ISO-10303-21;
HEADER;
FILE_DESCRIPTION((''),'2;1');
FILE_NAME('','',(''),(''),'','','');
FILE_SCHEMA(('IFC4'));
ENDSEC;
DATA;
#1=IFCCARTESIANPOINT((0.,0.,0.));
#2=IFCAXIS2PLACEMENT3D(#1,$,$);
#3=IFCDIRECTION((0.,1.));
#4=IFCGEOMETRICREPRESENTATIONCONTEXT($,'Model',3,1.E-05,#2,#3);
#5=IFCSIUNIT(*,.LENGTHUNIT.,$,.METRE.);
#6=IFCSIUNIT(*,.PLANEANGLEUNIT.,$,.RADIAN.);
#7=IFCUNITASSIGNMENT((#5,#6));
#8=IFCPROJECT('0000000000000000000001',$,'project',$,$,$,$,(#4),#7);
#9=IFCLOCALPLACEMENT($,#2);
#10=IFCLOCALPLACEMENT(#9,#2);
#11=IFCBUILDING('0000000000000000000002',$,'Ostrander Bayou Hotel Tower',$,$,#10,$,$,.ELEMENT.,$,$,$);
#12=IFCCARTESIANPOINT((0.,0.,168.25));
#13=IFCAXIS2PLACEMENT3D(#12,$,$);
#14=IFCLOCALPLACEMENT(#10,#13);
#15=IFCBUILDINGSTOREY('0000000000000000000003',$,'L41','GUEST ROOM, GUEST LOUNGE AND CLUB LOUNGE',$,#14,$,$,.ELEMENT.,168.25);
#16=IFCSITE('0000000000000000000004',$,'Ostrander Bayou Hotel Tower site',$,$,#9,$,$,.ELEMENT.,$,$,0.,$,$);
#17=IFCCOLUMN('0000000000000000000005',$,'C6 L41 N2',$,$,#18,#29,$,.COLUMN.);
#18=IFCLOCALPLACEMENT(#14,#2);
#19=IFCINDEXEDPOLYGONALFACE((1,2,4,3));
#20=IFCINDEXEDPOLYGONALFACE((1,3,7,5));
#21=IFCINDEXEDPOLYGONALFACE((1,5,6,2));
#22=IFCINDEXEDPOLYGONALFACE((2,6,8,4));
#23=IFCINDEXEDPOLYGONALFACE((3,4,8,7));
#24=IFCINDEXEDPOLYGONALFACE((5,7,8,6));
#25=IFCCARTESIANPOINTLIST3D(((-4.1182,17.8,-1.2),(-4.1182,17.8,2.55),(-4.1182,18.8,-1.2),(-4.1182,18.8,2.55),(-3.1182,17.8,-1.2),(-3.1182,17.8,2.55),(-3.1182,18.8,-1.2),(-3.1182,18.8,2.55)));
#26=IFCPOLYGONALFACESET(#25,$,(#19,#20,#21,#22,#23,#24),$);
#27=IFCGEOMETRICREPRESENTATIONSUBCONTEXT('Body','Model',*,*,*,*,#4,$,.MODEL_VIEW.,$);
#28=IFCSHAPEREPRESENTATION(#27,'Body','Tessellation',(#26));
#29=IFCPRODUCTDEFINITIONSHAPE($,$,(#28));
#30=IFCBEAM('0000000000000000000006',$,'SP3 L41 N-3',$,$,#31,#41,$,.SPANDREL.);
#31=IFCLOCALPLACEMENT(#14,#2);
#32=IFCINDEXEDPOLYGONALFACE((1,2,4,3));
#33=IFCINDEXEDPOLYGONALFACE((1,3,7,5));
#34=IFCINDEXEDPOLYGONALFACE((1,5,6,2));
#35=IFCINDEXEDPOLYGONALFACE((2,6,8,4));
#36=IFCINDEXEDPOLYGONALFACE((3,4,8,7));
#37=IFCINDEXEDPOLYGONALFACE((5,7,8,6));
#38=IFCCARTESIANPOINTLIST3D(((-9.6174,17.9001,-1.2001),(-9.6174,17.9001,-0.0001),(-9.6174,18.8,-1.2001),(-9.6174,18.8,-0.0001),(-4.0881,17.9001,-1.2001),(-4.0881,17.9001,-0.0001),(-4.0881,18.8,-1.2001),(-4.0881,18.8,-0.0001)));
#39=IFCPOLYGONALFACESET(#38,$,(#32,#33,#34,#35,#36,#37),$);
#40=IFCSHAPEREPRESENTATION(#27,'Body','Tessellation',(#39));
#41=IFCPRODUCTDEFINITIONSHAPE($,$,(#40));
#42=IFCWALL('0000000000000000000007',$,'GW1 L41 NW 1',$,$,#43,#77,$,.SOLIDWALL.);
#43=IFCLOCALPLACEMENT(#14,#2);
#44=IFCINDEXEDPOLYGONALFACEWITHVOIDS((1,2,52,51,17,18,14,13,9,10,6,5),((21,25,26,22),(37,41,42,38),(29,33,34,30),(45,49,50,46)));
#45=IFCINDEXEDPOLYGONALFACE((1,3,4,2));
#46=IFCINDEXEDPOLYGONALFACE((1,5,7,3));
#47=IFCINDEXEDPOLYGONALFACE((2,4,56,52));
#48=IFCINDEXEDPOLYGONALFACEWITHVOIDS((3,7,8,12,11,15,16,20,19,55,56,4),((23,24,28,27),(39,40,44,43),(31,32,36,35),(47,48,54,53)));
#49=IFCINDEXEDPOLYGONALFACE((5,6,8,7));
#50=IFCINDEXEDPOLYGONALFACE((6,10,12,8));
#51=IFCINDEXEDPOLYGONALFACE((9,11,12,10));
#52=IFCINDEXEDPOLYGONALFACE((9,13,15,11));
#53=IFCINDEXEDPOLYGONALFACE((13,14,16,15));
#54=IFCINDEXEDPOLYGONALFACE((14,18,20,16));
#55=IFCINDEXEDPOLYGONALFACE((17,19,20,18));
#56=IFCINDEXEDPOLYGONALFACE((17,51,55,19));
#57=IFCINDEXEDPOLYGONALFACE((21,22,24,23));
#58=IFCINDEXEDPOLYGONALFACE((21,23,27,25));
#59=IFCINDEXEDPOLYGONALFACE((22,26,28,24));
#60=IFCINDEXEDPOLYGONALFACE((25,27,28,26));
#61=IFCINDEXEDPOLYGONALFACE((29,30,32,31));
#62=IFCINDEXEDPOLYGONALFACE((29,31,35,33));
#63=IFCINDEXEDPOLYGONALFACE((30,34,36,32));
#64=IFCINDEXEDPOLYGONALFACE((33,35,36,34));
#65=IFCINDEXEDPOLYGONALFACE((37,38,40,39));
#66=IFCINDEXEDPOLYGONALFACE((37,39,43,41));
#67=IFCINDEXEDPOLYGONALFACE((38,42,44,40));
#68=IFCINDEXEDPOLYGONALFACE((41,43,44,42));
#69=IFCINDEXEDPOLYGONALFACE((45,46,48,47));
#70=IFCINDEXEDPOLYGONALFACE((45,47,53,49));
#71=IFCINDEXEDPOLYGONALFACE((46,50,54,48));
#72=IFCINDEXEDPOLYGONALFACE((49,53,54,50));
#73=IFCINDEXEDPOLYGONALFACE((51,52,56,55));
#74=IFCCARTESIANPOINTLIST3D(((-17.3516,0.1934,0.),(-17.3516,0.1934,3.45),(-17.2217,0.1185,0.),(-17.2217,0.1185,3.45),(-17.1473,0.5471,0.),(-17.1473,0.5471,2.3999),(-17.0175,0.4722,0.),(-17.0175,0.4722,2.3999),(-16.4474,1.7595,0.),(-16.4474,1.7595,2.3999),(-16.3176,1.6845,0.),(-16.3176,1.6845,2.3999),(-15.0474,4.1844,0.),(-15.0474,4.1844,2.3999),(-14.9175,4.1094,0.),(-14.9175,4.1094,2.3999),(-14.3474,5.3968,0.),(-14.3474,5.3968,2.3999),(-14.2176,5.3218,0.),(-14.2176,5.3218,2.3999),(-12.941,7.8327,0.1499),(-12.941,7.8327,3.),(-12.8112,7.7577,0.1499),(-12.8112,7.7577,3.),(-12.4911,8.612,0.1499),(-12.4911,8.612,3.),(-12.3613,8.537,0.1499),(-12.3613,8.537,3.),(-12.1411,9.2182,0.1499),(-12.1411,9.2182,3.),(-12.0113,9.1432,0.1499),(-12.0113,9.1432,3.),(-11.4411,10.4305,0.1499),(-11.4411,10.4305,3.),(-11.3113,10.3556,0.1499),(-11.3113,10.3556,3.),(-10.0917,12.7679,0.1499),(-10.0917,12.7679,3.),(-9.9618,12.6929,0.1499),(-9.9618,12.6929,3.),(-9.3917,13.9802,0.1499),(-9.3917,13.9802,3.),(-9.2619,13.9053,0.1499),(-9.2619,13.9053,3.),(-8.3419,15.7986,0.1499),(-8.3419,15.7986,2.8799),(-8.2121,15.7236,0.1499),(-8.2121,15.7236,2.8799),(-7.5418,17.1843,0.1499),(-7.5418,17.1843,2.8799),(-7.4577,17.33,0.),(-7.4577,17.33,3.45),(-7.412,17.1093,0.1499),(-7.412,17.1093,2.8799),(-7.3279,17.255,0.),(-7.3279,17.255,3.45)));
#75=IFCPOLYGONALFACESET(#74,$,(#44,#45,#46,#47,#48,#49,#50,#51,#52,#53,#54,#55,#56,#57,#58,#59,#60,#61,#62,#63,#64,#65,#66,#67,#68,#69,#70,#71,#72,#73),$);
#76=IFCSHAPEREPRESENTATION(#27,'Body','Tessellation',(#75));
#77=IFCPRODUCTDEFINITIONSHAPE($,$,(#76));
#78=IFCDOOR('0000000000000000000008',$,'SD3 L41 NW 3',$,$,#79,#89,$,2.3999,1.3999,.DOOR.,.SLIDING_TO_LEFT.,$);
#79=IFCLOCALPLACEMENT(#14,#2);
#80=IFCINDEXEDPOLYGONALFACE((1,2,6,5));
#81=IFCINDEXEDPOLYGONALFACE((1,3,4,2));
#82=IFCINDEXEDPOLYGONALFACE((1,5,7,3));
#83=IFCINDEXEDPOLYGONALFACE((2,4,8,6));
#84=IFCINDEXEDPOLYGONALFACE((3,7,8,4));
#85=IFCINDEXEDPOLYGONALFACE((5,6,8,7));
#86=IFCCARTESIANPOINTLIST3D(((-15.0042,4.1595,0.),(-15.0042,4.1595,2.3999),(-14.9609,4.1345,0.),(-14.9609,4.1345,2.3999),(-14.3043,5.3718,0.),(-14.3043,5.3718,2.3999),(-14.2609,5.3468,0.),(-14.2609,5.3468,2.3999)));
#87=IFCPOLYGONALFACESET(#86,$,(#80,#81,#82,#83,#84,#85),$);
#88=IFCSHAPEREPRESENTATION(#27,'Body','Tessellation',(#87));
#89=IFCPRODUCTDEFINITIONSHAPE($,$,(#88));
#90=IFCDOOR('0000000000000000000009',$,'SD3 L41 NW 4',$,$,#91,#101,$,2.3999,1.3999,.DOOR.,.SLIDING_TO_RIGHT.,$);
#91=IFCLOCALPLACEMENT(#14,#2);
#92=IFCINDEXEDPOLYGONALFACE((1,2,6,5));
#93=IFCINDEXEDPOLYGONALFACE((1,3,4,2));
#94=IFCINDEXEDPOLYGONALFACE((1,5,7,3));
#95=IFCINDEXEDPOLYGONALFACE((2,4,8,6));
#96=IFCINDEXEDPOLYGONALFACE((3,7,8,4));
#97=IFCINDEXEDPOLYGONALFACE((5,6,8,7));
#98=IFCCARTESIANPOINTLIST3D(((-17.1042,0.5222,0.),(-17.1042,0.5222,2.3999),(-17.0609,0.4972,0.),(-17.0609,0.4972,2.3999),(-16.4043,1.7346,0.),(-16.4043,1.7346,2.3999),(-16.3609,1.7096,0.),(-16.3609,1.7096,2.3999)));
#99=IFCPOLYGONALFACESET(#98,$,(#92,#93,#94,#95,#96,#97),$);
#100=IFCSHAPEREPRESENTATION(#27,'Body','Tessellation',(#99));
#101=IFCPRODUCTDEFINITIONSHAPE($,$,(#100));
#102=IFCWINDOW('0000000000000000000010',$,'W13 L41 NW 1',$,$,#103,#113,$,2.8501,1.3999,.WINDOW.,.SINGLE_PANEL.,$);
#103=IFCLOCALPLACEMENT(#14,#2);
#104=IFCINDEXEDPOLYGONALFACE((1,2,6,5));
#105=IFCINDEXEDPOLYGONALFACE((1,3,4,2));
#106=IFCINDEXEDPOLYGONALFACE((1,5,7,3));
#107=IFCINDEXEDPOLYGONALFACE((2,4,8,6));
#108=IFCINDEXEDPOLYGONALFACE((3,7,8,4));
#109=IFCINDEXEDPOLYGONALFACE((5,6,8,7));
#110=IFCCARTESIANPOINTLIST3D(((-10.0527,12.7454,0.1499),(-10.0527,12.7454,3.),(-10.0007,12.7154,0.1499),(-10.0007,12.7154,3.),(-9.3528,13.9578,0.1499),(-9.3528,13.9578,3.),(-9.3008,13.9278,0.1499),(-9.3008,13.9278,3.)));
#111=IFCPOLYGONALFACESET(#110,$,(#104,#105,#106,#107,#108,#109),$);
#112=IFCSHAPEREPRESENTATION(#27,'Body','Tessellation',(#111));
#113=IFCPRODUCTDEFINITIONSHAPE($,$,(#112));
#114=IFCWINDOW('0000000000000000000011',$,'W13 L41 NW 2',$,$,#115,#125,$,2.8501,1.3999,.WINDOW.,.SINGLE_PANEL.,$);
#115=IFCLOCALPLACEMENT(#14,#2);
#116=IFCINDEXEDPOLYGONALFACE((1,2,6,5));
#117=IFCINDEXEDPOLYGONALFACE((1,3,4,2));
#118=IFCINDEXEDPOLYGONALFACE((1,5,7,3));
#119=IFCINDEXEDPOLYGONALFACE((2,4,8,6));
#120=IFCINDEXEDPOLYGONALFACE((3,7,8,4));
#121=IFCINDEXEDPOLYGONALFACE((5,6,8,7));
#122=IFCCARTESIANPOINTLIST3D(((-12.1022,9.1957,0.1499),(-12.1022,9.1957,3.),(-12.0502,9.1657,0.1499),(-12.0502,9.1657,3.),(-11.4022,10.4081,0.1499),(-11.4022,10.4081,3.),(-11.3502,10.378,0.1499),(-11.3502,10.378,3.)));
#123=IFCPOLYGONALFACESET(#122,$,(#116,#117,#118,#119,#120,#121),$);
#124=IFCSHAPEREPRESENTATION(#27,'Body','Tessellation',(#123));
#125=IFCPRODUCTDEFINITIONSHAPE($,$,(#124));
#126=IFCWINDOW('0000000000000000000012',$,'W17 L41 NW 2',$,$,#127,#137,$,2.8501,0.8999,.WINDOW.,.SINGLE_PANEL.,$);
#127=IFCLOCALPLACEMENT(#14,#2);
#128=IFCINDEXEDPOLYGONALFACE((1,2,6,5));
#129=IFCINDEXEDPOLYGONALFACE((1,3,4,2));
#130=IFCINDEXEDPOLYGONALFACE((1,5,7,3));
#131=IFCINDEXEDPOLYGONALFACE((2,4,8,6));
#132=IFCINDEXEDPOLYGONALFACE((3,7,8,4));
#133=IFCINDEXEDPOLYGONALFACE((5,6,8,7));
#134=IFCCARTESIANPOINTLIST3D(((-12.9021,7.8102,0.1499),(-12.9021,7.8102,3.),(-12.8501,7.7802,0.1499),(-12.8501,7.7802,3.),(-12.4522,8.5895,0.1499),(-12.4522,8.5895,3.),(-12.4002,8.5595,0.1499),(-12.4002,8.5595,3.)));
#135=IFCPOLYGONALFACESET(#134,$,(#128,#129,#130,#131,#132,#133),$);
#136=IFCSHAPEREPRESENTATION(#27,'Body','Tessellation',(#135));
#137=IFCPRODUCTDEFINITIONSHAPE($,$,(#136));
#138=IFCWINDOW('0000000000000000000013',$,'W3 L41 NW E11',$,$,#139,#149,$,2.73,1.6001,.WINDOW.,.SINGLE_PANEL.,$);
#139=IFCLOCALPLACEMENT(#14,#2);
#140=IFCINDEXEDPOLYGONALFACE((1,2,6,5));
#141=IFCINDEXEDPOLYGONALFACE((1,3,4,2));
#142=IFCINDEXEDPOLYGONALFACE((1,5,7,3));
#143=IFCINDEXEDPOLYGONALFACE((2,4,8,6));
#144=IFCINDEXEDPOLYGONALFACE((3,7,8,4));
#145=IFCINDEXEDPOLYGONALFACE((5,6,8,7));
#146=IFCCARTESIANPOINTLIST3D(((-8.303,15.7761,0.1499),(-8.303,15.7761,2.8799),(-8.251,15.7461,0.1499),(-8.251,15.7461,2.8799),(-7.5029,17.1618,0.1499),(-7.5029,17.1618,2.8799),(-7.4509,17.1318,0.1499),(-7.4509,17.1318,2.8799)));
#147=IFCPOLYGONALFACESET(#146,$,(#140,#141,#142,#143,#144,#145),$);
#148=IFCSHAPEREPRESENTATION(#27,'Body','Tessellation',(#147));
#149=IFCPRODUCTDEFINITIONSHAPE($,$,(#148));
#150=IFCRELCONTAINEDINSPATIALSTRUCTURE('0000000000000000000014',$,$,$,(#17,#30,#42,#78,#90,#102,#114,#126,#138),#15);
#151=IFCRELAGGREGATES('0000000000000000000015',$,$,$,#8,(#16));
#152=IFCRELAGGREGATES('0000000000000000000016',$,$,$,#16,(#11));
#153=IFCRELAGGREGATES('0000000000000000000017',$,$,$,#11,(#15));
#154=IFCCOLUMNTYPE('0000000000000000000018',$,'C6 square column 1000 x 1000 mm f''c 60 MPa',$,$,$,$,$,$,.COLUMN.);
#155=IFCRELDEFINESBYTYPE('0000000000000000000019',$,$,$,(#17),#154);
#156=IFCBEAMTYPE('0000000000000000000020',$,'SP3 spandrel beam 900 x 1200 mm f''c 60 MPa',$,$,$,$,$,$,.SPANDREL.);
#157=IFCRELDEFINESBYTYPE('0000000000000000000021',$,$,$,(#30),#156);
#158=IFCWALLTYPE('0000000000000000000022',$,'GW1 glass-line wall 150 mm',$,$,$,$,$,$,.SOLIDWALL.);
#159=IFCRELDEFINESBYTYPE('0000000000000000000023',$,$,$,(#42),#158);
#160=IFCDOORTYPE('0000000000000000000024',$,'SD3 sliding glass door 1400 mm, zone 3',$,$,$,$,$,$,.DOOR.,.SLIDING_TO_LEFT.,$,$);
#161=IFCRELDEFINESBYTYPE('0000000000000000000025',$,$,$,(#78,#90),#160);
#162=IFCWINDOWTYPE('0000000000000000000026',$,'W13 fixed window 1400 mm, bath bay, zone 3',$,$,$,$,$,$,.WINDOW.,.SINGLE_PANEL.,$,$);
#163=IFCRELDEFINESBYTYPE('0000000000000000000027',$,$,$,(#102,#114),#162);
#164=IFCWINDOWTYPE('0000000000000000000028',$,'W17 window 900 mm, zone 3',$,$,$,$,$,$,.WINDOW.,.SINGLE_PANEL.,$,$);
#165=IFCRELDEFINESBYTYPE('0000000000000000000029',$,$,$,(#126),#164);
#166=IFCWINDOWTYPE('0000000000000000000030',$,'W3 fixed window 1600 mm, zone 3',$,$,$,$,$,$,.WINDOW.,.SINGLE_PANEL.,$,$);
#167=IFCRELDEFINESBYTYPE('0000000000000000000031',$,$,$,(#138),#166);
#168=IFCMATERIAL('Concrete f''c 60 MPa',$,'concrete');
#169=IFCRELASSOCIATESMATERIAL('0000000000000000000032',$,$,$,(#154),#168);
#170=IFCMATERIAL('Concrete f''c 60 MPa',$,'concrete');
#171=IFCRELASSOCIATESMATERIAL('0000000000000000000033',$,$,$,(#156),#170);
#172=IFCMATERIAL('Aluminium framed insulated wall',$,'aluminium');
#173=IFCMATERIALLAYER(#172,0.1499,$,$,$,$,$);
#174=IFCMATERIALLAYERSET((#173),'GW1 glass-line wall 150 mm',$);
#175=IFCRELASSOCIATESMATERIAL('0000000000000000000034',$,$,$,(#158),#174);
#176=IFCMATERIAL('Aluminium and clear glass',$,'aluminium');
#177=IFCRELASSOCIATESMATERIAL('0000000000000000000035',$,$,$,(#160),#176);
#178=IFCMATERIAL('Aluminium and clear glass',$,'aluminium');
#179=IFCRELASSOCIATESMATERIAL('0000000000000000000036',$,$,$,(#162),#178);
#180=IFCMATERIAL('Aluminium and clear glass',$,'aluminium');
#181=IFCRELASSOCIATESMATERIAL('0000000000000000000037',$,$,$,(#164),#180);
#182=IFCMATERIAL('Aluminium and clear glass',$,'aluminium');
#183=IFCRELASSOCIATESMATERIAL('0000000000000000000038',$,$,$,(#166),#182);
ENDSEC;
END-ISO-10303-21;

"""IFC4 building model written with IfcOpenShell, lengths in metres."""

from ifc_helpers import new_model, si_unit, direction, frame, frame_2d, origin, origin_2d, place, context, subcontext, project, spatial, rectangle, extrude, material, layer, layer_set, material_profile, profile_set, type_object, element, fill, save


model = new_model("IFC4")

# Units and contexts
model_context = context("Model", 3, precision=1e-05, world=origin(), true_north=direction((0.0, 1.0)))
body_context = subcontext(model_context, "Body", "Model", "MODEL_VIEW")
ifc_project = project(units=[si_unit("LENGTHUNIT", "METRE"), si_unit("PLANEANGLEUNIT", "RADIAN")], contexts=[model_context])

# Site, building, storey
site_placement = place(None, origin())
site = spatial("IfcSite", under=ifc_project, at=site_placement, Name="Ostrander Bayou Hotel Tower site", CompositionType="ELEMENT", RefElevation=0.0)
building_placement = place(site_placement, origin())
building = spatial("IfcBuilding", under=site, at=building_placement, Name="Ostrander Bayou Hotel Tower", CompositionType="ELEMENT")
storey_placement = place(building_placement, frame((0.0, 0.0, 168.25)))
storey = spatial("IfcBuildingStorey", under=building, at=storey_placement, Name="L41", Description="GUEST ROOM, GUEST LOUNGE AND CLUB LOUNGE", CompositionType="ELEMENT", Elevation=168.25)

# Column
ifc_material_1 = material(Name="Concrete f'c 60 MPa", Category="concrete")
ifc_material_profile_1 = material_profile(ifc_material_1, rectangle(XDim=1.0, YDim=1.0, at=origin_2d()))
ifc_profile_set_1 = profile_set([ifc_material_profile_1], Name="Concrete f'c 60 MPa")
column_type = type_object("IfcColumnType", Name="C6 square column 1000 x 1000 mm f'c 60 MPa", PredefinedType="COLUMN", material=ifc_profile_set_1)
column_placement = place(storey_placement, frame((-3.6182, 18.3, -1.2), z_axis=(0.0, 0.0, 1.0), x_axis=(1.0, 0.0, 0.0)))
element("IfcColumn", 1, at=column_placement, inside=storey, type_object=column_type, Name="C6 L41 N2", PredefinedType="COLUMN", context=body_context, shape_type="SweptSolid", body=[
    extrude(rectangle(XDim=1.0, YDim=1.0, at=origin_2d()), origin(), (0.0, 0.0, 1.0), 3.75),
])

# Beam
ifc_material_2 = material(Name="Concrete f'c 60 MPa", Category="concrete")
ifc_material_profile_2 = material_profile(ifc_material_2, rectangle(XDim=0.8999, YDim=1.2, at=origin_2d()))
ifc_profile_set_2 = profile_set([ifc_material_profile_2], Name="Concrete f'c 60 MPa")
beam_type = type_object("IfcBeamType", Name="SP3 spandrel beam 900 x 1200 mm f'c 60 MPa", PredefinedType="SPANDREL", material=ifc_profile_set_2)
beam_placement = place(storey_placement, frame((-4.0881, 18.3501, -0.6001), z_axis=(-1.0, 0.0, 0.0), x_axis=(0.0, -1.0, 0.0)))
element("IfcBeam", 2, at=beam_placement, inside=storey, type_object=beam_type, Name="SP3 L41 N-3", PredefinedType="SPANDREL", context=body_context, shape_type="SweptSolid", body=[
    extrude(rectangle(XDim=0.8999, YDim=1.2, at=origin_2d()), origin(), (0.0, 0.0, 1.0), 5.5293),
])

# Wall, openings, doors, windows
ifc_material_3 = material(Name="Aluminium framed insulated wall", Category="aluminium")
ifc_layer_1 = layer(ifc_material_3, 0.1499)
ifc_layer_set_1 = layer_set([ifc_layer_1], Name="GW1 glass-line wall 150 mm")
wall_type_1 = type_object("IfcWallType", Name="GW1 glass-line wall 150 mm", PredefinedType="SOLIDWALL", material=ifc_layer_set_1)
wall_1_placement = place(storey_placement, frame((-7.3928, 17.2925, 0.0), z_axis=(0.0, 0.0, 1.0), x_axis=(-0.500002, -0.866024, 0.0)))
wall_1 = element("IfcWall", 3, at=wall_1_placement, inside=storey, type_object=wall_type_1, Name="GW1 L41 NW 1", PredefinedType="SOLIDWALL", context=body_context, shape_type="SweptSolid", body=[
    extrude(rectangle(XDim=19.7876, YDim=0.1499, at=frame_2d((9.8938, 0.0))), origin(), (0.0, 0.0, 1.0), 3.45),
])
opening_1_placement = place(wall_1_placement, frame((3.8679, 0.0, 0.1499)))
opening_1 = element("IfcOpeningElement", 4, at=opening_1_placement, cuts=wall_1, PredefinedType="OPENING", context=body_context, shape_type="SweptSolid", body=[
    extrude(rectangle(XDim=1.3999, YDim=2.8501, at=frame_2d((0.7, 1.425))), frame((0.0, 0.075, 0.0), z_axis=(0.0, -1.0, 0.0), x_axis=(1.0, 0.0, 0.0)), (0.0, 0.0, 1.0), 0.1499),
])
opening_2_placement = place(wall_1_placement, frame((10.0667, 0.0, 0.1499)))
opening_2 = element("IfcOpeningElement", 5, at=opening_2_placement, cuts=wall_1, PredefinedType="OPENING", context=body_context, shape_type="SweptSolid", body=[
    extrude(rectangle(XDim=0.8999, YDim=2.8501, at=frame_2d((0.45, 1.425))), frame((0.0, 0.075, 0.0), z_axis=(0.0, -1.0, 0.0), x_axis=(1.0, 0.0, 0.0)), (0.0, 0.0, 1.0), 0.1499),
])
opening_3_placement = place(wall_1_placement, frame((7.9668, 0.0, 0.1499)))
opening_3 = element("IfcOpeningElement", 6, at=opening_3_placement, cuts=wall_1, PredefinedType="OPENING", context=body_context, shape_type="SweptSolid", body=[
    extrude(rectangle(XDim=1.3999, YDim=2.8501, at=frame_2d((0.7, 1.425))), frame((0.0, 0.075, 0.0), z_axis=(0.0, -1.0, 0.0), x_axis=(1.0, 0.0, 0.0)), (0.0, 0.0, 1.0), 0.1499),
])
opening_4_placement = place(wall_1_placement, frame((13.7793, 0.0, 0.0)))
opening_4 = element("IfcOpeningElement", 7, at=opening_4_placement, cuts=wall_1, PredefinedType="OPENING", context=body_context, shape_type="SweptSolid", body=[
    extrude(rectangle(XDim=1.3999, YDim=2.3999, at=frame_2d((0.7, 1.2))), frame((0.0, 0.075, 0.0), z_axis=(0.0, -1.0, 0.0), x_axis=(1.0, 0.0, 0.0)), (0.0, 0.0, 1.0), 0.1499),
])
opening_5_placement = place(wall_1_placement, frame((17.9792, 0.0, 0.0)))
opening_5 = element("IfcOpeningElement", 8, at=opening_5_placement, cuts=wall_1, PredefinedType="OPENING", context=body_context, shape_type="SweptSolid", body=[
    extrude(rectangle(XDim=1.3999, YDim=2.3999, at=frame_2d((0.7, 1.2))), frame((0.0, 0.075, 0.0), z_axis=(0.0, -1.0, 0.0), x_axis=(1.0, 0.0, 0.0)), (0.0, 0.0, 1.0), 0.1499),
])
opening_6_placement = place(wall_1_placement, frame((0.1682, 0.0, 0.1499)))
opening_6 = element("IfcOpeningElement", 9, at=opening_6_placement, cuts=wall_1, PredefinedType="OPENING", context=body_context, shape_type="SweptSolid", body=[
    extrude(rectangle(XDim=1.6001, YDim=2.73, at=frame_2d((0.8, 1.365))), frame((0.0, 0.075, 0.0), z_axis=(0.0, -1.0, 0.0), x_axis=(1.0, 0.0, 0.0)), (0.0, 0.0, 1.0), 0.1499),
])
ifc_material_4 = material(Name="Aluminium and clear glass", Category="aluminium")
door_type_1 = type_object("IfcDoorType", Name="SD3 sliding glass door 1400 mm, zone 3", OperationType="SLIDING_TO_LEFT", PredefinedType="DOOR", material=ifc_material_4)
door_1_placement = place(opening_4_placement, origin())
door_1 = element("IfcDoor", 10, at=door_1_placement, inside=storey, type_object=door_type_1, Name="SD3 L41 NW 3", OperationType="SLIDING_TO_LEFT", OverallHeight=2.3999, OverallWidth=1.3999, PredefinedType="DOOR", context=body_context, shape_type="SweptSolid", body=[
    extrude(rectangle(XDim=1.3999, YDim=2.3999, at=frame_2d((0.7, 1.2))), frame((0.0, 0.0249, 0.0), z_axis=(0.0, -1.0, 0.0), x_axis=(1.0, 0.0, 0.0)), (0.0, 0.0, 1.0), 0.05),
])
fill(opening_4, door_1)
door_2_placement = place(opening_5_placement, origin())
door_2 = element("IfcDoor", 11, at=door_2_placement, inside=storey, type_object=door_type_1, Name="SD3 L41 NW 4", OperationType="SLIDING_TO_RIGHT", OverallHeight=2.3999, OverallWidth=1.3999, PredefinedType="DOOR", context=body_context, shape_type="SweptSolid", body=[
    extrude(rectangle(XDim=1.3999, YDim=2.3999, at=frame_2d((0.7, 1.2))), frame((0.0, 0.0249, 0.0), z_axis=(0.0, -1.0, 0.0), x_axis=(1.0, 0.0, 0.0)), (0.0, 0.0, 1.0), 0.05),
])
fill(opening_5, door_2)
ifc_material_5 = material(Name="Aluminium and clear glass", Category="aluminium")
window_type_1 = type_object("IfcWindowType", Name="W13 fixed window 1400 mm, bath bay, zone 3", PartitioningType="SINGLE_PANEL", PredefinedType="WINDOW", material=ifc_material_5)
window_1_placement = place(opening_1_placement, origin())
window_1 = element("IfcWindow", 12, at=window_1_placement, inside=storey, type_object=window_type_1, Name="W13 L41 NW 1", OverallHeight=2.8501, OverallWidth=1.3999, PartitioningType="SINGLE_PANEL", PredefinedType="WINDOW", context=body_context, shape_type="SweptSolid", body=[
    extrude(rectangle(XDim=1.3999, YDim=2.8501, at=frame_2d((0.7, 1.425))), frame((0.0, 0.03, 0.0), z_axis=(0.0, -1.0, 0.0), x_axis=(1.0, 0.0, 0.0)), (0.0, 0.0, 1.0), 0.0601),
])
fill(opening_1, window_1)
window_2_placement = place(opening_3_placement, origin())
window_2 = element("IfcWindow", 13, at=window_2_placement, inside=storey, type_object=window_type_1, Name="W13 L41 NW 2", OverallHeight=2.8501, OverallWidth=1.3999, PartitioningType="SINGLE_PANEL", PredefinedType="WINDOW", context=body_context, shape_type="SweptSolid", body=[
    extrude(rectangle(XDim=1.3999, YDim=2.8501, at=frame_2d((0.7, 1.425))), frame((0.0, 0.03, 0.0), z_axis=(0.0, -1.0, 0.0), x_axis=(1.0, 0.0, 0.0)), (0.0, 0.0, 1.0), 0.0601),
])
fill(opening_3, window_2)
ifc_material_6 = material(Name="Aluminium and clear glass", Category="aluminium")
window_type_2 = type_object("IfcWindowType", Name="W17 window 900 mm, zone 3", PartitioningType="SINGLE_PANEL", PredefinedType="WINDOW", material=ifc_material_6)
window_3_placement = place(opening_2_placement, origin())
window_3 = element("IfcWindow", 14, at=window_3_placement, inside=storey, type_object=window_type_2, Name="W17 L41 NW 2", OverallHeight=2.8501, OverallWidth=0.8999, PartitioningType="SINGLE_PANEL", PredefinedType="WINDOW", context=body_context, shape_type="SweptSolid", body=[
    extrude(rectangle(XDim=0.8999, YDim=2.8501, at=frame_2d((0.45, 1.425))), frame((0.0, 0.03, 0.0), z_axis=(0.0, -1.0, 0.0), x_axis=(1.0, 0.0, 0.0)), (0.0, 0.0, 1.0), 0.0601),
])
fill(opening_2, window_3)
ifc_material_7 = material(Name="Aluminium and clear glass", Category="aluminium")
window_type_3 = type_object("IfcWindowType", Name="W3 fixed window 1600 mm, zone 3", PartitioningType="SINGLE_PANEL", PredefinedType="WINDOW", material=ifc_material_7)
window_4_placement = place(opening_6_placement, origin())
window_4 = element("IfcWindow", 15, at=window_4_placement, inside=storey, type_object=window_type_3, Name="W3 L41 NW E11", OverallHeight=2.73, OverallWidth=1.6001, PartitioningType="SINGLE_PANEL", PredefinedType="WINDOW", context=body_context, shape_type="SweptSolid", body=[
    extrude(rectangle(XDim=1.6001, YDim=2.73, at=frame_2d((0.8, 1.365))), frame((0.0, 0.03, 0.0), z_axis=(0.0, -1.0, 0.0), x_axis=(1.0, 0.0, 0.0)), (0.0, 0.0, 1.0), 0.0601),
])
fill(opening_6, window_4)

save(model, "model.ifc")
